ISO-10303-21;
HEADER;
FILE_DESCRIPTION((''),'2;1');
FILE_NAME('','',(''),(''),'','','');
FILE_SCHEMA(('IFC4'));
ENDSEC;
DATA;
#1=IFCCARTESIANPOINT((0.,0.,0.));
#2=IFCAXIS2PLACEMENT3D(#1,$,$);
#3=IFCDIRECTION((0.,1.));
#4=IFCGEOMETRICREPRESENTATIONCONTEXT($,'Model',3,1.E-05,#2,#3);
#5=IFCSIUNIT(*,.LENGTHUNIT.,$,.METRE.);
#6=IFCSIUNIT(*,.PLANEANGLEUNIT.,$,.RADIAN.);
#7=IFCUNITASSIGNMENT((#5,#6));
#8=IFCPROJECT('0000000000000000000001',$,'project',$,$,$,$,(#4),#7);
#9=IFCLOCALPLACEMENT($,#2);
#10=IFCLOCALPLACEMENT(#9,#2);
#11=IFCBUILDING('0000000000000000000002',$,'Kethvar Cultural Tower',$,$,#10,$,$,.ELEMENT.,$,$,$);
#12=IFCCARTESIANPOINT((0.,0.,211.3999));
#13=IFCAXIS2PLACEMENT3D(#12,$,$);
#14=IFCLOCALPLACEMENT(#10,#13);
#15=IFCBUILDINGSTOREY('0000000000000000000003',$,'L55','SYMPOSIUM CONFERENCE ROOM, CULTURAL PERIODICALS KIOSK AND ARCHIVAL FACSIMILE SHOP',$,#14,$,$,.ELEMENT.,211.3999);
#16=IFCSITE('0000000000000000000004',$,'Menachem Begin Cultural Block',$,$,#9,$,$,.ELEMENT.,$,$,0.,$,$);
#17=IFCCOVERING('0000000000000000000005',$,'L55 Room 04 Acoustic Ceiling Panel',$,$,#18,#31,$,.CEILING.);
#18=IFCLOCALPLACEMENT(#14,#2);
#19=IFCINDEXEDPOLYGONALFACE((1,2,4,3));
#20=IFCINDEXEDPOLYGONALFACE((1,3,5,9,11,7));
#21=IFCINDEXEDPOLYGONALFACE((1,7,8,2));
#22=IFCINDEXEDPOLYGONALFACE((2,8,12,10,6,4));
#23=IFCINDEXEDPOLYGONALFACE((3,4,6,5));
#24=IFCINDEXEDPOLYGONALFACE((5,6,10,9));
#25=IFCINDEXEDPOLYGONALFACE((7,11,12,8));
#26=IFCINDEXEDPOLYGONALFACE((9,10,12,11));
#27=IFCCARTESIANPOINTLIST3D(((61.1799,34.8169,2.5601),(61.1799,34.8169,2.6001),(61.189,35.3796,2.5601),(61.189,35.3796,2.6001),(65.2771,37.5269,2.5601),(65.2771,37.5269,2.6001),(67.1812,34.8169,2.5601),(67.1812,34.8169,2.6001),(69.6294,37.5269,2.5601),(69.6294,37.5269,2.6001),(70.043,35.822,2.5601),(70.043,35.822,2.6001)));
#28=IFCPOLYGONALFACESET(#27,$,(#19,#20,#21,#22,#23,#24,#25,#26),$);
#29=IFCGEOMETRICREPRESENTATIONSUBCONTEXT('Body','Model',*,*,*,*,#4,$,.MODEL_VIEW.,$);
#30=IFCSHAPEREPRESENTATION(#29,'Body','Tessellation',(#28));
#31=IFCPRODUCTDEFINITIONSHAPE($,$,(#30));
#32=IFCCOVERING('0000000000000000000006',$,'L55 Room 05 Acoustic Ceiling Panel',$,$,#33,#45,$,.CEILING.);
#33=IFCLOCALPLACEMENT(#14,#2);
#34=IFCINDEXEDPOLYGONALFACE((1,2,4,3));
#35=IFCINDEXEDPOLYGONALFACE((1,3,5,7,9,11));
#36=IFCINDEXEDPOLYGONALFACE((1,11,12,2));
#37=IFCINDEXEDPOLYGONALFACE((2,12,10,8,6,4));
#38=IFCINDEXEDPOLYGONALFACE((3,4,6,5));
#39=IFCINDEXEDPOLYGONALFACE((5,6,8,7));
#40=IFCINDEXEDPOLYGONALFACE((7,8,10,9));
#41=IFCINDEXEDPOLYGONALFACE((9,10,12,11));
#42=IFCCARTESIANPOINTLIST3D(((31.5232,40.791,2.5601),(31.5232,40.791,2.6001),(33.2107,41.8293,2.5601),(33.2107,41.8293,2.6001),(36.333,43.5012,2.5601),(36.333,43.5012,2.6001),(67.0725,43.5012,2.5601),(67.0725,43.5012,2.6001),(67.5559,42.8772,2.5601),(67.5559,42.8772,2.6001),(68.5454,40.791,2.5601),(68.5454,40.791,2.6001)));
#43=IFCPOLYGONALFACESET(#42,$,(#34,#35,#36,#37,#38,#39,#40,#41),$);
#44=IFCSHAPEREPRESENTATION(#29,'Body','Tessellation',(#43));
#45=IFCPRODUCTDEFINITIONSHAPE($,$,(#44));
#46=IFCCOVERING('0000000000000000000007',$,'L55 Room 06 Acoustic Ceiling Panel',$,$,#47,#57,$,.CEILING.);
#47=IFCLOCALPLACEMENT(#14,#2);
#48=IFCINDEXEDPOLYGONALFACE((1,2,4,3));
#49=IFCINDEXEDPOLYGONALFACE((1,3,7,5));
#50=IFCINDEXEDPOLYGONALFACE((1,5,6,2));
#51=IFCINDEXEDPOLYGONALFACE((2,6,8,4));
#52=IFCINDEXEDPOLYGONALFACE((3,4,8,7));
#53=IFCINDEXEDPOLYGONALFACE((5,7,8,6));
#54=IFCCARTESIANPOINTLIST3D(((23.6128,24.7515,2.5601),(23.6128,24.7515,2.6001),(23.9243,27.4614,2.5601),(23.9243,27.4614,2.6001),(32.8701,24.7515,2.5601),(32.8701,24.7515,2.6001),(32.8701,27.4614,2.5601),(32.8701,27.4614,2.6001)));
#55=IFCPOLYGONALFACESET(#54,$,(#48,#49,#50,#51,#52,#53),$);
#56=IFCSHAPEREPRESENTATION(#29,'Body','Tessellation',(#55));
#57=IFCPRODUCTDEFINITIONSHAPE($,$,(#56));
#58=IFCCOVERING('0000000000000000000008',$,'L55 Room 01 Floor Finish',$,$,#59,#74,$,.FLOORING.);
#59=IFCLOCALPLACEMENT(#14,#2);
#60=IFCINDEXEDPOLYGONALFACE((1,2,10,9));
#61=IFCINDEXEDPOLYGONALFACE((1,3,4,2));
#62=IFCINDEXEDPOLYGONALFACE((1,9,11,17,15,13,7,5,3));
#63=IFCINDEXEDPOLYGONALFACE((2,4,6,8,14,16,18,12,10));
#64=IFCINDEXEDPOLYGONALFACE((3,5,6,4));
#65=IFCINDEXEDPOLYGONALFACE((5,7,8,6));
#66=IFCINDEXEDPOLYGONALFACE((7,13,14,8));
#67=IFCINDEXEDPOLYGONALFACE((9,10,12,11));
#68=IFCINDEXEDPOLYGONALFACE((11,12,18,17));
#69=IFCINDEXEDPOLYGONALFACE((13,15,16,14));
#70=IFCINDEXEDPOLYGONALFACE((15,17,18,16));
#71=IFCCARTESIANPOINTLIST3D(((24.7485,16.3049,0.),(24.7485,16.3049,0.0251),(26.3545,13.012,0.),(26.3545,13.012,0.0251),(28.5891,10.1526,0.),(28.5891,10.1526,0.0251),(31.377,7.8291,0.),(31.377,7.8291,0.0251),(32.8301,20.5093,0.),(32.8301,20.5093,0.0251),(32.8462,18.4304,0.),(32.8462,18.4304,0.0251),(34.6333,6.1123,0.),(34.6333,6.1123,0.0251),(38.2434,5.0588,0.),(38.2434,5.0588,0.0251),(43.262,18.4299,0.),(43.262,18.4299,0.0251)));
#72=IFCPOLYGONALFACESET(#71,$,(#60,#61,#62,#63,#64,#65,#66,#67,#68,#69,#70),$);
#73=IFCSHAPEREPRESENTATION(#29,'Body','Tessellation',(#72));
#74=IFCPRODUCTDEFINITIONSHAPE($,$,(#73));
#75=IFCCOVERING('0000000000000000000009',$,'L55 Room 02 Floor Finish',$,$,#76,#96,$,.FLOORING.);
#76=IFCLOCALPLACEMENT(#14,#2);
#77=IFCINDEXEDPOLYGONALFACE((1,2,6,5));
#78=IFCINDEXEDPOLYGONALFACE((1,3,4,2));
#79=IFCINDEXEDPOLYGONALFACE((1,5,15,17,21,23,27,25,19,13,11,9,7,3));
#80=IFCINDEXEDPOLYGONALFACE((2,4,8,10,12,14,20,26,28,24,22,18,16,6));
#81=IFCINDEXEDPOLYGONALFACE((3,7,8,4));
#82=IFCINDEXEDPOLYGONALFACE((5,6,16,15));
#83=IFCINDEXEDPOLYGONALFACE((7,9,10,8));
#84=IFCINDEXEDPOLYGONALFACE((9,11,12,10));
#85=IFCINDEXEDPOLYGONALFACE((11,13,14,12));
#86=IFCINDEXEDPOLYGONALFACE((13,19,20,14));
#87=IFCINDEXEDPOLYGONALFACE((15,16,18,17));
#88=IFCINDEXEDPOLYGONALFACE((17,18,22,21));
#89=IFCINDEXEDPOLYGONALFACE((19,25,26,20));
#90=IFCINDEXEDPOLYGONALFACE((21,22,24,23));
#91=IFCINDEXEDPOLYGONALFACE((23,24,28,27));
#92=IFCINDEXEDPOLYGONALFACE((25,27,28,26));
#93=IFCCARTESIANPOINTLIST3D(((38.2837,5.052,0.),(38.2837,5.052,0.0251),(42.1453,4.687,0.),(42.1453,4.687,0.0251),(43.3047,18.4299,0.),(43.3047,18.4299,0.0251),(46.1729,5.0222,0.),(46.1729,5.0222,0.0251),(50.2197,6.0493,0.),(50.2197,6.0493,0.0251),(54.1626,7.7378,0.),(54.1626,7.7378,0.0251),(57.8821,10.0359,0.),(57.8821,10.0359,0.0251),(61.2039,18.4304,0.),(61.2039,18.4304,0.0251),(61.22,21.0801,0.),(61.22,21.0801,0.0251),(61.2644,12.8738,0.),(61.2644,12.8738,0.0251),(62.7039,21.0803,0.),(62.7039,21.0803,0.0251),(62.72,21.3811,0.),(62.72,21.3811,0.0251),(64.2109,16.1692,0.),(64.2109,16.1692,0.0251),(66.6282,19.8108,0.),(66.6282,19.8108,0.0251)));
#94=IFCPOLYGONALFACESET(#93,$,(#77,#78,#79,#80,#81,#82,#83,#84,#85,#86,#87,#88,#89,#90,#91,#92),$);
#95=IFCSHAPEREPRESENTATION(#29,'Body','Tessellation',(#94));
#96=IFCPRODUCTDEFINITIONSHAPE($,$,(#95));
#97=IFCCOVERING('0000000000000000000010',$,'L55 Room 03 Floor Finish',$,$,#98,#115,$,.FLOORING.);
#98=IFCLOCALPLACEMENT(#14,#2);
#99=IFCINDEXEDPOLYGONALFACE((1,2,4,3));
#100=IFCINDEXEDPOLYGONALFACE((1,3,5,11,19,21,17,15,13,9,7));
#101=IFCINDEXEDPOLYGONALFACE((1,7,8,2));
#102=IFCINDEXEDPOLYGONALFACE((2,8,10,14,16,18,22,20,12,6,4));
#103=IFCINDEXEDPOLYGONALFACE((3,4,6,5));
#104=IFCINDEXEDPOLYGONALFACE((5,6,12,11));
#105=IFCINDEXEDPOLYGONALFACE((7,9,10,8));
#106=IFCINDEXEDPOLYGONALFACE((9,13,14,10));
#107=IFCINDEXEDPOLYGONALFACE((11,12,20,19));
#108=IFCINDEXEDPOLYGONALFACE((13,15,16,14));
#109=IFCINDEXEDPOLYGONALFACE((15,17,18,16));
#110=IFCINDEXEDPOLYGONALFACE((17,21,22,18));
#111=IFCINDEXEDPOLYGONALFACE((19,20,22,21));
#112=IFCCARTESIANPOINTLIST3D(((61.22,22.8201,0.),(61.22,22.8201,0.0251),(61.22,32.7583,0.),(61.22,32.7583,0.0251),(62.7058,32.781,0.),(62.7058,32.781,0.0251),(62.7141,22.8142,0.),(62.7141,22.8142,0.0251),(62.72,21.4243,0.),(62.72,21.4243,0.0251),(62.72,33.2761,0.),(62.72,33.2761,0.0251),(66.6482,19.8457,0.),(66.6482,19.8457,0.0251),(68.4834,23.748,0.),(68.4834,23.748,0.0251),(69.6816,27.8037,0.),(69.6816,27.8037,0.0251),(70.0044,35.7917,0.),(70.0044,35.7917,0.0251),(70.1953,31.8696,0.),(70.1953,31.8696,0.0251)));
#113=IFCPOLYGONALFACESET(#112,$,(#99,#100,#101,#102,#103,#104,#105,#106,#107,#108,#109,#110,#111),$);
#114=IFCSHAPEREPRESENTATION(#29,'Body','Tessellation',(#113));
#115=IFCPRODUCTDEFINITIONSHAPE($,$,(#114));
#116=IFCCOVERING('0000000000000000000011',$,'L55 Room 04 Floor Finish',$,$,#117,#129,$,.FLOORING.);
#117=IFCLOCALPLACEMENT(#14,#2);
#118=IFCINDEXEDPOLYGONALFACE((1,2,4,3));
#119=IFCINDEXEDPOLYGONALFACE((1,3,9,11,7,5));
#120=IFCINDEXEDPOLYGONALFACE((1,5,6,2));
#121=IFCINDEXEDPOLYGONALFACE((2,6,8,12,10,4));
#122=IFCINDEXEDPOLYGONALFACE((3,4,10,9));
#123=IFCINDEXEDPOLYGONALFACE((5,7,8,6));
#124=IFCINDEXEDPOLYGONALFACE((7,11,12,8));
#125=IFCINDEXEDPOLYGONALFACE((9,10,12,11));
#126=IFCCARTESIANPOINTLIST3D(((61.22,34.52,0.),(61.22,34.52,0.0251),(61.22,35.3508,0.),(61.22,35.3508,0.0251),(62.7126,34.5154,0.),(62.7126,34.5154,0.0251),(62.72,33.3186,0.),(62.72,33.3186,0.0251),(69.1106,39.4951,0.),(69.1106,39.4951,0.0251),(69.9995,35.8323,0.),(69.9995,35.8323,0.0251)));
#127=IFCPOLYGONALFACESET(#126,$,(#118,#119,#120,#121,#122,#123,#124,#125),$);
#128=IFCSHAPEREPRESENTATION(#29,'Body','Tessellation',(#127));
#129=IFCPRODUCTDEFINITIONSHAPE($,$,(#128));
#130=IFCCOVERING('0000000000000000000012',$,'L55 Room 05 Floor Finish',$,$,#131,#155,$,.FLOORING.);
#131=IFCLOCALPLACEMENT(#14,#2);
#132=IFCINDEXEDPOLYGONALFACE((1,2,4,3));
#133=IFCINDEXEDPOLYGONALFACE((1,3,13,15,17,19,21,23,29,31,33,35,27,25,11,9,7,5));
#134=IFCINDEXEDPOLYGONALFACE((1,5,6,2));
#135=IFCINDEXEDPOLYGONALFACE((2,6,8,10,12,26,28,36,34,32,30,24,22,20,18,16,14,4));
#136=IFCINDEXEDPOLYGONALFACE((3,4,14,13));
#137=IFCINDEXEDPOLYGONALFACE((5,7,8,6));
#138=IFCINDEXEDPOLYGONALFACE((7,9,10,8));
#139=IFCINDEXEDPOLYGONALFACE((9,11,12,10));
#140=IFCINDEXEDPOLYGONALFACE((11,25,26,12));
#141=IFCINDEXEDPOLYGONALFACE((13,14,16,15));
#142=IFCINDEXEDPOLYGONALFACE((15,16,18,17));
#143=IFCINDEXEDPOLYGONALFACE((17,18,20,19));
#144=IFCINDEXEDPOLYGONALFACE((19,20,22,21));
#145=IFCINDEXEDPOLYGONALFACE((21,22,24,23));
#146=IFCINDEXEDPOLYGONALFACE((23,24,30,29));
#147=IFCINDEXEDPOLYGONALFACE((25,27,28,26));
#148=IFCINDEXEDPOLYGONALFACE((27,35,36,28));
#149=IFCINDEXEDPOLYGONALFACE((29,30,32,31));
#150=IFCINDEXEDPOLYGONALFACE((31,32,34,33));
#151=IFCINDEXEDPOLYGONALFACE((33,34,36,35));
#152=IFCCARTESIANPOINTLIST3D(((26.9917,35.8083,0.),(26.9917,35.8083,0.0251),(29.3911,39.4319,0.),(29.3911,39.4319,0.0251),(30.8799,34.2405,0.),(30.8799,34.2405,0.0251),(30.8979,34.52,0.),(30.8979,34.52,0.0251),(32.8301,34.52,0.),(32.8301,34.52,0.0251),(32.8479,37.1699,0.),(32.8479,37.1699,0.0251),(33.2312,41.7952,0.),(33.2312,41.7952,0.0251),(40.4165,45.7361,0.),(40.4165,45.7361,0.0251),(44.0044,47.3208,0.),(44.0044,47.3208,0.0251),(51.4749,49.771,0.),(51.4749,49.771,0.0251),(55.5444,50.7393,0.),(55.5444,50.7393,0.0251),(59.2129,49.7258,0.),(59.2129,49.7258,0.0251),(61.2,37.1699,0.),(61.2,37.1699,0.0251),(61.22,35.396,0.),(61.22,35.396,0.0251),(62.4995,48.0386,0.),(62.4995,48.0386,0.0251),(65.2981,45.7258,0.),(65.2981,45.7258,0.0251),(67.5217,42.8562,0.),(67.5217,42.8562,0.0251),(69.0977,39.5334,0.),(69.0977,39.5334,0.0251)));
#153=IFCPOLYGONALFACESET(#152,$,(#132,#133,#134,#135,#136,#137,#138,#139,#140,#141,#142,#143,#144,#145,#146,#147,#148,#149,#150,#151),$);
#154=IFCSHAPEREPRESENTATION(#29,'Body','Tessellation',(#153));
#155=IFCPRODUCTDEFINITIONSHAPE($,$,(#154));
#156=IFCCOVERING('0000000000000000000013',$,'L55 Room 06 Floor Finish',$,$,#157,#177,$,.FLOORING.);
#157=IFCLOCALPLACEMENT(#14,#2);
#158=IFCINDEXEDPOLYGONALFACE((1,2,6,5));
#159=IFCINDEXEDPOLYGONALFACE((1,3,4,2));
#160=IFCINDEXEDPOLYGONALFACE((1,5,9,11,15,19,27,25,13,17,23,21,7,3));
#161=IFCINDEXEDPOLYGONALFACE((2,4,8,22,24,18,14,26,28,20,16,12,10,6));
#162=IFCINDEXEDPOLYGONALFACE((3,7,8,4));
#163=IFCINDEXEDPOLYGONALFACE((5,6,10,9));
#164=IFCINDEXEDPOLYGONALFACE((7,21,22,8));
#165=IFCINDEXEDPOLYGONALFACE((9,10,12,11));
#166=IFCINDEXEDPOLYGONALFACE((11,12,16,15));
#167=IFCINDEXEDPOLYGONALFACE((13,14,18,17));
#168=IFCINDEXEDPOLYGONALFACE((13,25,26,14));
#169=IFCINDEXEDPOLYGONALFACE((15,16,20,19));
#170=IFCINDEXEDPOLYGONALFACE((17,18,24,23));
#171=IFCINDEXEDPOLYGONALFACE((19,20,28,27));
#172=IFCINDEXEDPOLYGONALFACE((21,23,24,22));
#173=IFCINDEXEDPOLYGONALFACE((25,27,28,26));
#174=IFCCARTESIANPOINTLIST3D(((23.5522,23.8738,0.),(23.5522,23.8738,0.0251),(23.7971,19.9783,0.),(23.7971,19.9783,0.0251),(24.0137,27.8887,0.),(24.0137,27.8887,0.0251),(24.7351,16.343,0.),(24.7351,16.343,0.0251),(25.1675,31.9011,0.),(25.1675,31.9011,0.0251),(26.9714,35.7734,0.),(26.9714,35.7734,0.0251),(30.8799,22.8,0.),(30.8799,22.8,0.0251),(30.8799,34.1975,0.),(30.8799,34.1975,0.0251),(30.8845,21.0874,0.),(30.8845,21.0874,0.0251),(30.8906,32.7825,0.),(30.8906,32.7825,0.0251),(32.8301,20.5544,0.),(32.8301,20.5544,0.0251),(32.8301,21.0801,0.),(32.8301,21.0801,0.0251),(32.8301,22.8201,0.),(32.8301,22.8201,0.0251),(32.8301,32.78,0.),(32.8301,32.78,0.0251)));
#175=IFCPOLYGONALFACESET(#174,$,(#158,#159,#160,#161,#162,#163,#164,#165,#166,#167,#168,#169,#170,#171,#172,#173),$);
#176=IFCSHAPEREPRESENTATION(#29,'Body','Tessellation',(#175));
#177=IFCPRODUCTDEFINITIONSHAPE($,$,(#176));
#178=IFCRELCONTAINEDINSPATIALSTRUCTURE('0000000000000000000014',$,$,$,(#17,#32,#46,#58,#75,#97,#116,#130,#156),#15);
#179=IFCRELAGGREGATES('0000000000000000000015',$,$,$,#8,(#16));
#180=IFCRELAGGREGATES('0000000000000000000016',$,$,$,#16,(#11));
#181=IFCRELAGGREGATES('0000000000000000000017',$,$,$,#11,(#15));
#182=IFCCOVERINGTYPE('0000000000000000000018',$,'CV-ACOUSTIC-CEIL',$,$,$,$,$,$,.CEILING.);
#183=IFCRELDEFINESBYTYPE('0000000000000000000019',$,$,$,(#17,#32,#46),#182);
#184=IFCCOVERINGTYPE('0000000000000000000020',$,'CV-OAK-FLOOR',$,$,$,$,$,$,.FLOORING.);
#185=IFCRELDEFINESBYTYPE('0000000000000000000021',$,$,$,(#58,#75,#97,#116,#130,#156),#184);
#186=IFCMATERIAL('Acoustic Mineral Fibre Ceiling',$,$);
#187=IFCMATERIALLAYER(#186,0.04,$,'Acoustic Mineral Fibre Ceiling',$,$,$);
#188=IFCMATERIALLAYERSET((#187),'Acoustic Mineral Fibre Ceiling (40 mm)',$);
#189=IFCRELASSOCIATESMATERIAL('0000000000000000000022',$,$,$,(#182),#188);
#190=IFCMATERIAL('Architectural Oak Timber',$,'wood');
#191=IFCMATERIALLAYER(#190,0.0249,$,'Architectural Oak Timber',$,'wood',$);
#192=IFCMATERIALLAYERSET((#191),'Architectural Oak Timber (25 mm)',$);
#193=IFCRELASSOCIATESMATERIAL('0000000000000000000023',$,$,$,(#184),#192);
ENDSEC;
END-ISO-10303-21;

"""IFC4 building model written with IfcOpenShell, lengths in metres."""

from ifc_helpers import new_model, si_unit, direction, frame, origin, place, context, subcontext, project, spatial, polyline, outline, extrude, material, layer, layer_set, type_object, element, save


model = new_model("IFC4")

# Units and contexts
model_context = context("Model", 3, precision=1e-05, world=origin(), true_north=direction((0.0, 1.0)))
body_context = subcontext(model_context, "Body", "Model", "MODEL_VIEW")
ifc_project = project(units=[si_unit("LENGTHUNIT", "METRE"), si_unit("PLANEANGLEUNIT", "RADIAN")], contexts=[model_context])

# Site, building, storey
site_placement = place(None, origin())
site = spatial("IfcSite", under=ifc_project, at=site_placement, Name="Menachem Begin Cultural Block", CompositionType="ELEMENT", RefElevation=0.0)
building_placement = place(site_placement, origin())
building = spatial("IfcBuilding", under=site, at=building_placement, Name="Kethvar Cultural Tower", CompositionType="ELEMENT")
storey_placement = place(building_placement, frame((0.0, 0.0, 211.3999)))
storey = spatial("IfcBuildingStorey", under=building, at=storey_placement, Name="L55", Description="SYMPOSIUM CONFERENCE ROOM, CULTURAL PERIODICALS KIOSK AND ARCHIVAL FACSIMILE SHOP", CompositionType="ELEMENT", Elevation=211.3999)

# Coverings
ifc_material_1 = material(Name="Acoustic Mineral Fibre Ceiling")
ifc_layer_1 = layer(ifc_material_1, 0.04, Name="Acoustic Mineral Fibre Ceiling")
ifc_layer_set_1 = layer_set([ifc_layer_1], Name="Acoustic Mineral Fibre Ceiling (40 mm)")
covering_type_1 = type_object("IfcCoveringType", Name="CV-ACOUSTIC-CEIL", PredefinedType="CEILING", material=ifc_layer_set_1)
covering_1_placement = place(storey_placement, frame((0.0, 0.0, 2.5601)))
element("IfcCovering", 1, at=covering_1_placement, inside=storey, type_object=covering_type_1, Name="L55 Room 04 Acoustic Ceiling Panel", PredefinedType="CEILING", context=body_context, shape_type="SweptSolid", body=[
    extrude(outline(polyline([(70.043, 35.822), (67.1812, 34.8169), (61.1799, 34.8169), (61.189, 35.3796), (65.2771, 37.5269), (69.6294, 37.5269), (70.043, 35.822)])), origin(), (0.0, 0.0, 1.0), 0.04),
])
covering_2_placement = place(storey_placement, frame((0.0, 0.0, 2.5601)))
element("IfcCovering", 2, at=covering_2_placement, inside=storey, type_object=covering_type_1, Name="L55 Room 05 Acoustic Ceiling Panel", PredefinedType="CEILING", context=body_context, shape_type="SweptSolid", body=[
    extrude(outline(polyline([(33.2107, 41.8293), (36.333, 43.5012), (67.0725, 43.5012), (67.5559, 42.8772), (68.5454, 40.791), (31.5232, 40.791), (33.2107, 41.8293)])), origin(), (0.0, 0.0, 1.0), 0.04),
])
covering_3_placement = place(storey_placement, frame((0.0, 0.0, 2.5601)))
element("IfcCovering", 3, at=covering_3_placement, inside=storey, type_object=covering_type_1, Name="L55 Room 06 Acoustic Ceiling Panel", PredefinedType="CEILING", context=body_context, shape_type="SweptSolid", body=[
    extrude(outline(polyline([(23.9243, 27.4614), (32.8701, 27.4614), (32.8701, 24.7515), (23.6128, 24.7515), (23.9243, 27.4614)])), origin(), (0.0, 0.0, 1.0), 0.04),
])
ifc_material_2 = material(Name="Architectural Oak Timber", Category="wood")
ifc_layer_2 = layer(ifc_material_2, 0.0249, Name="Architectural Oak Timber", Category="wood")
ifc_layer_set_2 = layer_set([ifc_layer_2], Name="Architectural Oak Timber (25 mm)")
covering_type_2 = type_object("IfcCoveringType", Name="CV-OAK-FLOOR", PredefinedType="FLOORING", material=ifc_layer_set_2)
covering_4_placement = place(storey_placement, origin())
element("IfcCovering", 4, at=covering_4_placement, inside=storey, type_object=covering_type_2, Name="L55 Room 01 Floor Finish", PredefinedType="FLOORING", context=body_context, shape_type="SweptSolid", body=[
    extrude(outline(polyline([(34.6333, 6.1123), (31.377, 7.8291), (28.5891, 10.1526), (26.3545, 13.012), (24.7485, 16.3049), (32.8301, 20.5093), (32.8462, 18.4304), (43.262, 18.4299), (38.2434, 5.0588), (34.6333, 6.1123)])), origin(), (0.0, 0.0, 1.0), 0.0251),
])
covering_5_placement = place(storey_placement, origin())
element("IfcCovering", 5, at=covering_5_placement, inside=storey, type_object=covering_type_2, Name="L55 Room 02 Floor Finish", PredefinedType="FLOORING", context=body_context, shape_type="SweptSolid", body=[
    extrude(outline(polyline([(64.2109, 16.1692), (61.2644, 12.8738), (57.8821, 10.0359), (54.1626, 7.7378), (50.2197, 6.0493), (46.1729, 5.0222), (42.1453, 4.687), (38.2837, 5.052), (43.3047, 18.4299), (61.2039, 18.4304), (61.22, 21.0801), (62.7039, 21.0803), (62.72, 21.3811), (66.6282, 19.8108), (64.2109, 16.1692)])), origin(), (0.0, 0.0, 1.0), 0.0251),
])
covering_6_placement = place(storey_placement, origin())
element("IfcCovering", 6, at=covering_6_placement, inside=storey, type_object=covering_type_2, Name="L55 Room 03 Floor Finish", PredefinedType="FLOORING", context=body_context, shape_type="SweptSolid", body=[
    extrude(outline(polyline([(70.1953, 31.8696), (69.6816, 27.8037), (68.4834, 23.748), (66.6482, 19.8457), (62.72, 21.4243), (62.7141, 22.8142), (61.22, 22.8201), (61.22, 32.7583), (62.7058, 32.781), (62.72, 33.2761), (70.0044, 35.7917), (70.1953, 31.8696)])), origin(), (0.0, 0.0, 1.0), 0.0251),
])
covering_7_placement = place(storey_placement, origin())
element("IfcCovering", 7, at=covering_7_placement, inside=storey, type_object=covering_type_2, Name="L55 Room 04 Floor Finish", PredefinedType="FLOORING", context=body_context, shape_type="SweptSolid", body=[
    extrude(outline(polyline([(69.9995, 35.8323), (62.72, 33.3186), (62.7126, 34.5154), (61.22, 34.52), (61.22, 35.3508), (69.1106, 39.4951), (69.9995, 35.8323)])), origin(), (0.0, 0.0, 1.0), 0.0251),
])
covering_8_placement = place(storey_placement, origin())
element("IfcCovering", 8, at=covering_8_placement, inside=storey, type_object=covering_type_2, Name="L55 Room 05 Floor Finish", PredefinedType="FLOORING", context=body_context, shape_type="SweptSolid", body=[
    extrude(outline(polyline([(69.0977, 39.5334), (61.22, 35.396), (61.2, 37.1699), (32.8479, 37.1699), (32.8301, 34.52), (30.8979, 34.52), (30.8799, 34.2405), (26.9917, 35.8083), (29.3911, 39.4319), (33.2312, 41.7952), (40.4165, 45.7361), (44.0044, 47.3208), (51.4749, 49.771), (55.5444, 50.7393), (59.2129, 49.7258), (62.4995, 48.0386), (65.2981, 45.7258), (67.5217, 42.8562), (69.0977, 39.5334)])), origin(), (0.0, 0.0, 1.0), 0.0251),
])
covering_9_placement = place(storey_placement, origin())
element("IfcCovering", 9, at=covering_9_placement, inside=storey, type_object=covering_type_2, Name="L55 Room 06 Floor Finish", PredefinedType="FLOORING", context=body_context, shape_type="SweptSolid", body=[
    extrude(outline(polyline([(23.7971, 19.9783), (23.5522, 23.8738), (24.0137, 27.8887), (25.1675, 31.9011), (26.9714, 35.7734), (30.8799, 34.1975), (30.8906, 32.7825), (32.8301, 32.78), (32.8301, 22.8201), (30.8799, 22.8), (30.8845, 21.0874), (32.8301, 21.0801), (32.8301, 20.5544), (24.7351, 16.343), (23.7971, 19.9783)])), origin(), (0.0, 0.0, 1.0), 0.0251),
])

save(model, "model.ifc")
